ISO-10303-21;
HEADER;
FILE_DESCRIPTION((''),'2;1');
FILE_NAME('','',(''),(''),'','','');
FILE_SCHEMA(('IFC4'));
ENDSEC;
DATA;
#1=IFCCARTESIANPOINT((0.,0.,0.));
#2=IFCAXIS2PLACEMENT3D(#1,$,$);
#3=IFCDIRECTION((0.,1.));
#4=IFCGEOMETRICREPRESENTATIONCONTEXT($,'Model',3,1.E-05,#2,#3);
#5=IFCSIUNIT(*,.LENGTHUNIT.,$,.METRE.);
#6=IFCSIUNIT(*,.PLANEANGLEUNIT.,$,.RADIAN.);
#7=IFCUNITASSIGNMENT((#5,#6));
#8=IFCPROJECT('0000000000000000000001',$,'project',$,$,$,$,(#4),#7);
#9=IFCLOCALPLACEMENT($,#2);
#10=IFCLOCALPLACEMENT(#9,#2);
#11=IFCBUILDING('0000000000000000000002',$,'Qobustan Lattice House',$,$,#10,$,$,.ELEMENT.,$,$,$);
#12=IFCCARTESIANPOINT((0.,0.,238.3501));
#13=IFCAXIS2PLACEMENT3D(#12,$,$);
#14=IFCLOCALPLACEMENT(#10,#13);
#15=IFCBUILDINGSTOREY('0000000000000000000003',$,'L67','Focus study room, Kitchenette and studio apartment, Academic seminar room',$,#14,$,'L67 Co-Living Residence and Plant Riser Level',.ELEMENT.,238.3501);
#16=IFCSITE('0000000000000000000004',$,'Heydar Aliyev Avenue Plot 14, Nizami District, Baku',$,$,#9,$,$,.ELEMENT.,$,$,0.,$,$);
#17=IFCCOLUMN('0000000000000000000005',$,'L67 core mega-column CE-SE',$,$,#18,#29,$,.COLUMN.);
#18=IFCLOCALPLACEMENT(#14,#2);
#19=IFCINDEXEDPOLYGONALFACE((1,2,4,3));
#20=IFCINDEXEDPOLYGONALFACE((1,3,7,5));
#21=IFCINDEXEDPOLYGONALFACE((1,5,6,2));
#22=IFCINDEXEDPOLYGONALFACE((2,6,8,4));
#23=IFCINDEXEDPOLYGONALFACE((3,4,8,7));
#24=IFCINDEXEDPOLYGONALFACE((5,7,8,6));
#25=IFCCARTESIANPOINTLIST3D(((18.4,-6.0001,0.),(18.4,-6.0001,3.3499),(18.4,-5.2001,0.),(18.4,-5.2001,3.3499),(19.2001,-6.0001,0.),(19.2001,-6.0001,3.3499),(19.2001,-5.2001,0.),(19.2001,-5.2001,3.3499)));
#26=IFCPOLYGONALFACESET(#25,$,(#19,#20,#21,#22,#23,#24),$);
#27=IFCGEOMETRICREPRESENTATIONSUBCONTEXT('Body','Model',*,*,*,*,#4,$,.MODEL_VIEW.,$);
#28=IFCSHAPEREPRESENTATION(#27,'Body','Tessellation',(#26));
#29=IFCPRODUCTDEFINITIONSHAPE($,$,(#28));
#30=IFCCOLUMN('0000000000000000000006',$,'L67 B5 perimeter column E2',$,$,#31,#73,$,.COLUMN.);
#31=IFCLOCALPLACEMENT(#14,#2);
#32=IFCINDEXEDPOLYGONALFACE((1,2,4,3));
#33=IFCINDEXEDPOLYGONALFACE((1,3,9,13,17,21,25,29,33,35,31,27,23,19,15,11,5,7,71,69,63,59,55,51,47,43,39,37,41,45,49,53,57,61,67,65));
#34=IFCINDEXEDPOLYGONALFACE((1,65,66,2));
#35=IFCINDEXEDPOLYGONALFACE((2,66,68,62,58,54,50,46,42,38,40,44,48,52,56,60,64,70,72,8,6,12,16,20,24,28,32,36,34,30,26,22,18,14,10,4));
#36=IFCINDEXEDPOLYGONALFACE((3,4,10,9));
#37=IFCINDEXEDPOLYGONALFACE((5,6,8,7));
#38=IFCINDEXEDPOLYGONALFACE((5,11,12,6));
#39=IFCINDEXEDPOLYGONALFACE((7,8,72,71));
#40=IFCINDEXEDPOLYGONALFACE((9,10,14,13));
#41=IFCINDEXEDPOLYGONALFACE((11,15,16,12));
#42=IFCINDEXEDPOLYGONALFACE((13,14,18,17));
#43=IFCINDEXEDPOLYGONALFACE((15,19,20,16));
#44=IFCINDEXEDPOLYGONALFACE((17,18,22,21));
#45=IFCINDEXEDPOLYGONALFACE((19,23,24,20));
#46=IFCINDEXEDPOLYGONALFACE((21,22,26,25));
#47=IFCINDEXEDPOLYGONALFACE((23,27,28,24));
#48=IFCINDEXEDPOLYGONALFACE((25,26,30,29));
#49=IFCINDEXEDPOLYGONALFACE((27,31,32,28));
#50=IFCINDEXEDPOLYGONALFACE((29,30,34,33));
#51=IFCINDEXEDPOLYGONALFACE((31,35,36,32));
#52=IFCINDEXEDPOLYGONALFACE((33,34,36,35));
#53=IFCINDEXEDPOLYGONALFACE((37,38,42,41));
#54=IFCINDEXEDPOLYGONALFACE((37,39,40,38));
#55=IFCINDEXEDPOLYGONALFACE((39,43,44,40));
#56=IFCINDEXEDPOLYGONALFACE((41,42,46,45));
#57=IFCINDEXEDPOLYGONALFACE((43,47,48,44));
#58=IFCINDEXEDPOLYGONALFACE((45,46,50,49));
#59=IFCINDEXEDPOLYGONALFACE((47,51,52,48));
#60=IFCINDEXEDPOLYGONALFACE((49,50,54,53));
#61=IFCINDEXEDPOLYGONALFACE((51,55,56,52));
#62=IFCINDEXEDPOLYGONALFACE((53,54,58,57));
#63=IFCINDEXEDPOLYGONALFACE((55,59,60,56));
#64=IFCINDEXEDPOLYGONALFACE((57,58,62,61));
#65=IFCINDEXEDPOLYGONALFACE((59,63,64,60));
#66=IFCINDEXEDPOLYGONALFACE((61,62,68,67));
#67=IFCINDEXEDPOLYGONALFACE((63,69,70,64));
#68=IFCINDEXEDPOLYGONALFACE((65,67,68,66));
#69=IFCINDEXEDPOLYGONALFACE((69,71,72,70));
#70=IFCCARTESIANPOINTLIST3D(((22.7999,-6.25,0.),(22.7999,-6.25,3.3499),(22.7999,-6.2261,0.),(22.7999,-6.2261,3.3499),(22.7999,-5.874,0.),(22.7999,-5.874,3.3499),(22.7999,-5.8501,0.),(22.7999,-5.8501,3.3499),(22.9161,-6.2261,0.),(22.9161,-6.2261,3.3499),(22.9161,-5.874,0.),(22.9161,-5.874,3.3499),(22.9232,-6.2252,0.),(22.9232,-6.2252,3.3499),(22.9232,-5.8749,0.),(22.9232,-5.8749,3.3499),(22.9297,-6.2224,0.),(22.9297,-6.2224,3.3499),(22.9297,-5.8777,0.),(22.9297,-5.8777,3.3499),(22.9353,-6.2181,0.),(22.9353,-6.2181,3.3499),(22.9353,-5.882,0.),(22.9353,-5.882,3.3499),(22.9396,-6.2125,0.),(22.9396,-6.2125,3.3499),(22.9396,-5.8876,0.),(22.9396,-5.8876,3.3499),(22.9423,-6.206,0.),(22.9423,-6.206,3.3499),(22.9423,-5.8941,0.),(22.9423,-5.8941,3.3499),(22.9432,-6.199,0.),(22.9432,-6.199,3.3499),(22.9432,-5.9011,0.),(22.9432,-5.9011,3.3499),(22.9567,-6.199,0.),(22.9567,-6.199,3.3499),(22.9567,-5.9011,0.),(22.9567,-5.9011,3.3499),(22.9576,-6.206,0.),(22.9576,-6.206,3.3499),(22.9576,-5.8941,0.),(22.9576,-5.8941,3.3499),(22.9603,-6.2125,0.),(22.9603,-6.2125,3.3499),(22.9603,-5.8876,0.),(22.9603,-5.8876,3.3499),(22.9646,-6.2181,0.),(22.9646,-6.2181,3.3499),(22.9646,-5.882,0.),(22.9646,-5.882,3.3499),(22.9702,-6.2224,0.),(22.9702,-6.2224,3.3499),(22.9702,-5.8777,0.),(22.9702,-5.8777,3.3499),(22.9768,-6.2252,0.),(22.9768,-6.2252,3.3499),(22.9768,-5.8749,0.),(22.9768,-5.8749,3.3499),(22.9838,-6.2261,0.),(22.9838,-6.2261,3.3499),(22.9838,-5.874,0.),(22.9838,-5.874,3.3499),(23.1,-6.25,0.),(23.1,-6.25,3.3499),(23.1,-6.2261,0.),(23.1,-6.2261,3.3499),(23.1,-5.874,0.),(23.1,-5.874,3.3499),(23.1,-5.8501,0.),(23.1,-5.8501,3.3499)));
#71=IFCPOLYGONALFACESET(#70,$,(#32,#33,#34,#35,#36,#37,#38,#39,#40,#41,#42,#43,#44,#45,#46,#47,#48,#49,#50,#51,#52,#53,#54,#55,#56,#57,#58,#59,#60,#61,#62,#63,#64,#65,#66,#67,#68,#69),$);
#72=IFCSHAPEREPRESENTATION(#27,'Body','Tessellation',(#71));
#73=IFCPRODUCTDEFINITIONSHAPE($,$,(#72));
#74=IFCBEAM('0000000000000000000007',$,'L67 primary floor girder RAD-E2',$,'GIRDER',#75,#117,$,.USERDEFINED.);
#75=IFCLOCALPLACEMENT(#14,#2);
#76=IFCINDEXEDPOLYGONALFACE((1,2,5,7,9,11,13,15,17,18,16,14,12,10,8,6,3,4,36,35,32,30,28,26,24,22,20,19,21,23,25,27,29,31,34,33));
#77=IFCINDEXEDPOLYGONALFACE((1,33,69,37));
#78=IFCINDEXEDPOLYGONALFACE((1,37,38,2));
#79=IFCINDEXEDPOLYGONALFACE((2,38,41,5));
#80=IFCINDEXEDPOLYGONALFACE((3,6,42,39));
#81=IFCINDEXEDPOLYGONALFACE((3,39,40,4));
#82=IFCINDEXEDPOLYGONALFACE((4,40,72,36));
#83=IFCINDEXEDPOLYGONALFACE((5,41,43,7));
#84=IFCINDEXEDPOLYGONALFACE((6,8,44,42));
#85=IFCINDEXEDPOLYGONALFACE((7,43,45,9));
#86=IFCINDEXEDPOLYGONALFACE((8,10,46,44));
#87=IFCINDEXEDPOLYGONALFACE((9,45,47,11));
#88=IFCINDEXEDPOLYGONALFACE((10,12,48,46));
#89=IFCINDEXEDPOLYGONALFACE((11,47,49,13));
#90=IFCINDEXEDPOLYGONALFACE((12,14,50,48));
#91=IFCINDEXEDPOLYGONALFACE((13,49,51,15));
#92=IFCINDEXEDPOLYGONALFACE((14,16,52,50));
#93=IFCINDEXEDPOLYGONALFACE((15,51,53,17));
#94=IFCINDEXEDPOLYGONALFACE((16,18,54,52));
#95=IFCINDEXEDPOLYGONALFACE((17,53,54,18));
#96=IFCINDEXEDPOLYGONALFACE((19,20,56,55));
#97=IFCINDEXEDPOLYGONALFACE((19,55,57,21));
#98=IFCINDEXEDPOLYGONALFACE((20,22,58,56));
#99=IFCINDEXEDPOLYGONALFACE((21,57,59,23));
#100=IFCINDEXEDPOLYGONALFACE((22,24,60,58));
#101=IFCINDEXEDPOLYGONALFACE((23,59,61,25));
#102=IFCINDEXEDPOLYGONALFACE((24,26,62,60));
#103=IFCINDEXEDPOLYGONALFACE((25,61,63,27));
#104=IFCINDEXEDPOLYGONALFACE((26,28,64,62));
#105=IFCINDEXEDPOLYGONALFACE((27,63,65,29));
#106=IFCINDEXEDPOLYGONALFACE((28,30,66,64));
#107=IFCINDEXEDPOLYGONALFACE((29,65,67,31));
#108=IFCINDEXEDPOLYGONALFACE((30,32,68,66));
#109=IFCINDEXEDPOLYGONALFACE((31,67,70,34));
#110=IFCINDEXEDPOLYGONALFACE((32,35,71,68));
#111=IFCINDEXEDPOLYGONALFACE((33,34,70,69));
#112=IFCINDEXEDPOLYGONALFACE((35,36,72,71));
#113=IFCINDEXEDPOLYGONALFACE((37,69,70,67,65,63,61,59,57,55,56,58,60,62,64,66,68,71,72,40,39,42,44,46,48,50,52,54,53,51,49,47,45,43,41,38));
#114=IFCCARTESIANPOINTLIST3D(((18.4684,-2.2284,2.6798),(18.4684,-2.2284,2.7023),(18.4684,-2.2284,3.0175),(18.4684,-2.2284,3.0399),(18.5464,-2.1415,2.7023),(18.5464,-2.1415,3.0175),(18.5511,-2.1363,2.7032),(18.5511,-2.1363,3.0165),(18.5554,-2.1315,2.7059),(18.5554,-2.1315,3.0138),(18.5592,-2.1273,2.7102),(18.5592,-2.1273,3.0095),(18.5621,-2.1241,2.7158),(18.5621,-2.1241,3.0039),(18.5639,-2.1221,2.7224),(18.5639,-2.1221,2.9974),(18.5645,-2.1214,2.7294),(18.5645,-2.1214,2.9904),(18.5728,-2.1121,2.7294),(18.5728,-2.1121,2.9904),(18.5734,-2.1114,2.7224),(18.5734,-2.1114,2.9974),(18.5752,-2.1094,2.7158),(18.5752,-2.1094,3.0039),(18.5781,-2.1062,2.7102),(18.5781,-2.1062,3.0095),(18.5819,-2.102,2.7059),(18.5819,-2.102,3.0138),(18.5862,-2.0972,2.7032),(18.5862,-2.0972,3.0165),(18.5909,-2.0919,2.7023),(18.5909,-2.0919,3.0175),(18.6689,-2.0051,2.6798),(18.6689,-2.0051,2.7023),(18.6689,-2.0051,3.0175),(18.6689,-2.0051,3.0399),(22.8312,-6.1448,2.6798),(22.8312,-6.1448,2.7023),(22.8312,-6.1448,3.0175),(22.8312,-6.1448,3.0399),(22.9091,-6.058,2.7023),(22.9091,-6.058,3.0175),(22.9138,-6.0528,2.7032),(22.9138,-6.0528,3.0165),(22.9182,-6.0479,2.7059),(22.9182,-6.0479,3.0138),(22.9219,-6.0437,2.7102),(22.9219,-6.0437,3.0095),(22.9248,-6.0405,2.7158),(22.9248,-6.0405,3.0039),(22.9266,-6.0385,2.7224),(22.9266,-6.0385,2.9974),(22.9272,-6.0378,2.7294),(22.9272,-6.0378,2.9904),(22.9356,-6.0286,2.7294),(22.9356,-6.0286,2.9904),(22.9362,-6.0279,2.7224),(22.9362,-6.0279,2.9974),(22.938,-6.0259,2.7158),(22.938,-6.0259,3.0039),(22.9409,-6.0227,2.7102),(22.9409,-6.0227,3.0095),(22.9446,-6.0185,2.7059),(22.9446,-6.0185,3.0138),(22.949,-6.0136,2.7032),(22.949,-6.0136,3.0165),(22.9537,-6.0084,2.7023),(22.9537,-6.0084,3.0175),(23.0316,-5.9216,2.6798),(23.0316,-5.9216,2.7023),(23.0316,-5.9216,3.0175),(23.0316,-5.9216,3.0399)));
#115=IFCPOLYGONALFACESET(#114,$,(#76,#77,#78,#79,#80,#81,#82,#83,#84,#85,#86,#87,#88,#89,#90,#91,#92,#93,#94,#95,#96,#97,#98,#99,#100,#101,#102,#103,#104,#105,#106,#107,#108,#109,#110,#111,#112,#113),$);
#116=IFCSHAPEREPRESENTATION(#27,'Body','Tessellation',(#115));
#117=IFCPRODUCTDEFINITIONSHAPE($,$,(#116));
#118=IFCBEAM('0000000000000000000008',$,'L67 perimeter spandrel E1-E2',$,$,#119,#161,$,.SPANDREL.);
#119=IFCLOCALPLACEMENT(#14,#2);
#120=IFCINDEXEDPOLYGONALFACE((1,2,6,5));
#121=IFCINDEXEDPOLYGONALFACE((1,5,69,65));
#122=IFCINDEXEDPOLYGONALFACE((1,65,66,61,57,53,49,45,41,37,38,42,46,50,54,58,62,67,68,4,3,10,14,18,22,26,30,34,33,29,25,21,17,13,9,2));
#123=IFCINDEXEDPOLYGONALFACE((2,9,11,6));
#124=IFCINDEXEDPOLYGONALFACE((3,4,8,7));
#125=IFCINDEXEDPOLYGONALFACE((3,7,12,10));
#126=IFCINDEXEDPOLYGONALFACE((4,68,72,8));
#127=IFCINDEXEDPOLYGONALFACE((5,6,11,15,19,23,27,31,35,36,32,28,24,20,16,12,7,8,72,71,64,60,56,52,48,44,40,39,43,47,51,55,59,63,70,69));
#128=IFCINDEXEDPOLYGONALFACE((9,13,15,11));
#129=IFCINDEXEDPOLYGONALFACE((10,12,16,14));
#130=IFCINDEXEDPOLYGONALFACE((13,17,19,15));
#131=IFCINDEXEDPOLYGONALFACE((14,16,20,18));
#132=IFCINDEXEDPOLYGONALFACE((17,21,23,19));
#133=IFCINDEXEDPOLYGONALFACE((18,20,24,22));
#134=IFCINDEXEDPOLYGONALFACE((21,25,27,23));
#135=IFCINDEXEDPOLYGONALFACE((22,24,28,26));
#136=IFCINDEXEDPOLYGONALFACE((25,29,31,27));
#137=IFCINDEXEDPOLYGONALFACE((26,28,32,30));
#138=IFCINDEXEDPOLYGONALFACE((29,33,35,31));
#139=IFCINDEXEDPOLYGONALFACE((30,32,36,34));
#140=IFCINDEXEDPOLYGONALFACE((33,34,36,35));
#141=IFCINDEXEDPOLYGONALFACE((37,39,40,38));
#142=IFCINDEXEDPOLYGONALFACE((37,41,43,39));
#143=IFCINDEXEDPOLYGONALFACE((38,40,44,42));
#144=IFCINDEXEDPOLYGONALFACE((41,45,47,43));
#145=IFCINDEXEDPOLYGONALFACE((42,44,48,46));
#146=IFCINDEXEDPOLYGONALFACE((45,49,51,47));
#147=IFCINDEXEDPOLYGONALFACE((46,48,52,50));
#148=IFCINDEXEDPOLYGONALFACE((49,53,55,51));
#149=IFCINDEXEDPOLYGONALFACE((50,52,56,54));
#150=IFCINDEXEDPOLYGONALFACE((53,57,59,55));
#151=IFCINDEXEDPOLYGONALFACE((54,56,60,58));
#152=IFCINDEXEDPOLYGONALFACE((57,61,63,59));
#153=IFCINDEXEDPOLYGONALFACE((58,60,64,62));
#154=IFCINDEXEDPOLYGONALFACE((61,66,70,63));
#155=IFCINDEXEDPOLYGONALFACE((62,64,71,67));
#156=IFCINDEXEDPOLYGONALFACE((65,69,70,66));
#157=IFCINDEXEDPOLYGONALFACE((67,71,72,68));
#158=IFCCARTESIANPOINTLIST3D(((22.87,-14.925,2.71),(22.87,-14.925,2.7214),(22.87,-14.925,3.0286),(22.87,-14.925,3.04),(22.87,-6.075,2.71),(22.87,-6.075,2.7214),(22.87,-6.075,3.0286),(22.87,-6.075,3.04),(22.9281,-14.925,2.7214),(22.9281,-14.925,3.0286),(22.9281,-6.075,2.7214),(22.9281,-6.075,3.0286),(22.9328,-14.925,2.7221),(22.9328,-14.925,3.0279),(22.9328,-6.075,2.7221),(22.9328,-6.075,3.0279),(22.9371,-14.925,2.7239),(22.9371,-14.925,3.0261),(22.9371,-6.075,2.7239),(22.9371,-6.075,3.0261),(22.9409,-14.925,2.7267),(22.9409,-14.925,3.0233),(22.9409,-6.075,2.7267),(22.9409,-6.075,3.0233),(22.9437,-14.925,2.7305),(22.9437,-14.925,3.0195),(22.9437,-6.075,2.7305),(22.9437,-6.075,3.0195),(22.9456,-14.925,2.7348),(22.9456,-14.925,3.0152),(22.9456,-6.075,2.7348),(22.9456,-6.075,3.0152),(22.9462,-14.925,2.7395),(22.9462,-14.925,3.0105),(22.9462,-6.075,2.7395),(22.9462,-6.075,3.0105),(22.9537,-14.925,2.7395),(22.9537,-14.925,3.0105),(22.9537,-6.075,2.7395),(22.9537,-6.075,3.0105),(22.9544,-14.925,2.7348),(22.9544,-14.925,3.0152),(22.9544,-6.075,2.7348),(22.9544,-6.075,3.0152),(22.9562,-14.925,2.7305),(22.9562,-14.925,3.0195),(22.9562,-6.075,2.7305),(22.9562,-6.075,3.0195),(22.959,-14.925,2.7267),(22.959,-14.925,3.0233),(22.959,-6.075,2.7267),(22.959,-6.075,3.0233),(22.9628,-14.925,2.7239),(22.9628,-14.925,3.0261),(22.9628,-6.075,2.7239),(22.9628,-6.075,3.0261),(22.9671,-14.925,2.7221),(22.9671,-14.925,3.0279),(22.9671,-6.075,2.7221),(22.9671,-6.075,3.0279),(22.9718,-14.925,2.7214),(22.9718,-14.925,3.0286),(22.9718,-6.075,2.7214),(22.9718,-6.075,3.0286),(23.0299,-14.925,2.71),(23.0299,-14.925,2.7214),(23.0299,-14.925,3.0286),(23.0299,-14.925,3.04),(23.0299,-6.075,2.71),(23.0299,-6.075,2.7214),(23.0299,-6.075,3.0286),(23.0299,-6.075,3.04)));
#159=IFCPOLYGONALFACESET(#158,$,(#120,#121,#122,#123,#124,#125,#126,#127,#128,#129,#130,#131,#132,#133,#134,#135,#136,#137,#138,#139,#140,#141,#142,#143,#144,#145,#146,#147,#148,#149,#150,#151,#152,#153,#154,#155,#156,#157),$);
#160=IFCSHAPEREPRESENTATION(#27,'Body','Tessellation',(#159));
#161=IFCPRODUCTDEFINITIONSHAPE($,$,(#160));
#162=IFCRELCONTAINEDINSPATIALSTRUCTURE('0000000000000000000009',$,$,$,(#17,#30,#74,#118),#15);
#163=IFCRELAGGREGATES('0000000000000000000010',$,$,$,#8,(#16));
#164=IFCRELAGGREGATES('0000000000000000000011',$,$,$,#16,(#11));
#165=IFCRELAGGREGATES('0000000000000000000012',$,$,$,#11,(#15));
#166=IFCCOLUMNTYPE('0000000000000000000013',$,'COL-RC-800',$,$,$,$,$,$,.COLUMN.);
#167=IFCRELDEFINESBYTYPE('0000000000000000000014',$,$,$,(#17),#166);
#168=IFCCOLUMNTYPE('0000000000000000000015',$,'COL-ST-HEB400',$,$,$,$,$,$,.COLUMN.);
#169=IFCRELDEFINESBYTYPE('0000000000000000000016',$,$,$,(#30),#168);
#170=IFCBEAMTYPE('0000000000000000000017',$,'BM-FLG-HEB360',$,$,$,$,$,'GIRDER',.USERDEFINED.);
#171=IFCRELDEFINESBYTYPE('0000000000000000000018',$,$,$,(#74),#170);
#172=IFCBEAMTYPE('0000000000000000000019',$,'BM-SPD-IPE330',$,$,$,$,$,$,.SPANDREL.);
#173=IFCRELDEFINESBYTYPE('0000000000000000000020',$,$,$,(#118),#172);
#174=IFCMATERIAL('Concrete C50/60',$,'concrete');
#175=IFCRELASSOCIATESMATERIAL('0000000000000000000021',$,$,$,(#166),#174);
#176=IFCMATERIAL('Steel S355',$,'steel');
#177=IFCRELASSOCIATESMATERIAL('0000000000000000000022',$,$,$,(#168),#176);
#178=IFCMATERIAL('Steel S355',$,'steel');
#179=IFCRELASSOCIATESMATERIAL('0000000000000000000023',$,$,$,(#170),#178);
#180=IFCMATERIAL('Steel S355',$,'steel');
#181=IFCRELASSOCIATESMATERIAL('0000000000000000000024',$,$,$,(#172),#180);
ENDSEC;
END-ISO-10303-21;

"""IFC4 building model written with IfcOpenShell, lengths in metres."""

from ifc_helpers import new_model, si_unit, direction, frame, origin, origin_2d, place, context, subcontext, project, spatial, rectangle, i_section, extrude, material, material_profile, profile_set, type_object, element, save


model = new_model("IFC4")

# Units and contexts
model_context = context("Model", 3, precision=1e-05, world=origin(), true_north=direction((0.0, 1.0)))
body_context = subcontext(model_context, "Body", "Model", "MODEL_VIEW")
ifc_project = project(units=[si_unit("LENGTHUNIT", "METRE"), si_unit("PLANEANGLEUNIT", "RADIAN")], contexts=[model_context])

# Site, building, storey
site_placement = place(None, origin())
site = spatial("IfcSite", under=ifc_project, at=site_placement, Name="Heydar Aliyev Avenue Plot 14, Nizami District, Baku", CompositionType="ELEMENT", RefElevation=0.0)
building_placement = place(site_placement, origin())
building = spatial("IfcBuilding", under=site, at=building_placement, Name="Qobustan Lattice House", CompositionType="ELEMENT")
storey_placement = place(building_placement, frame((0.0, 0.0, 238.3501)))
storey = spatial("IfcBuildingStorey", under=building, at=storey_placement, Name="L67", Description="Focus study room, Kitchenette and studio apartment, Academic seminar room", LongName="L67 Co-Living Residence and Plant Riser Level", CompositionType="ELEMENT", Elevation=238.3501)

# Columns
ifc_material_1 = material(Name="Concrete C50/60", Category="concrete")
ifc_material_profile_1 = material_profile(ifc_material_1, rectangle(XDim=0.8, YDim=0.8, at=origin_2d()), Name="RC800x800")
ifc_profile_set_1 = profile_set([ifc_material_profile_1], Name="Concrete C50/60")
column_type_1 = type_object("IfcColumnType", Name="COL-RC-800", PredefinedType="COLUMN", material=ifc_profile_set_1)
column_1_placement = place(storey_placement, frame((18.8, -5.6001, 0.0), z_axis=(0.0, 0.0, 1.0), x_axis=(1.0, 0.0, 0.0)))
element("IfcColumn", 1, at=column_1_placement, inside=storey, type_object=column_type_1, Name="L67 core mega-column CE-SE", PredefinedType="COLUMN", context=body_context, shape_type="SweptSolid", body=[
    extrude(rectangle(XDim=0.8, YDim=0.8, at=origin_2d()), origin(), (0.0, 0.0, 1.0), 3.3499),
])
ifc_material_2 = material(Name="Steel S355", Category="steel")
ifc_material_profile_2 = material_profile(ifc_material_2, i_section(OverallWidth=0.3, OverallDepth=0.3999, WebThickness=0.0134, FlangeThickness=0.0239, FilletRadius=0.0271, at=origin_2d()), Name="HEB400")
ifc_profile_set_2 = profile_set([ifc_material_profile_2], Name="Steel S355")
column_type_2 = type_object("IfcColumnType", Name="COL-ST-HEB400", PredefinedType="COLUMN", material=ifc_profile_set_2)
column_2_placement = place(storey_placement, frame((22.95, -6.05, 0.0), z_axis=(0.0, 0.0, 1.0), x_axis=(1.0, 0.0, 0.0)))
element("IfcColumn", 2, at=column_2_placement, inside=storey, type_object=column_type_2, Name="L67 B5 perimeter column E2", PredefinedType="COLUMN", context=body_context, shape_type="SweptSolid", body=[
    extrude(i_section(OverallWidth=0.3, OverallDepth=0.3999, WebThickness=0.0134, FlangeThickness=0.0239, FilletRadius=0.0271, at=origin_2d()), origin(), (0.0, 0.0, 1.0), 3.3499),
])

# Beams
ifc_material_3 = material(Name="Steel S355", Category="steel")
ifc_material_profile_3 = material_profile(ifc_material_3, i_section(OverallWidth=0.3, OverallDepth=0.3601, WebThickness=0.0125, FlangeThickness=0.0225, FilletRadius=0.0271, at=origin_2d()), Name="HEB360")
ifc_profile_set_3 = profile_set([ifc_material_profile_3], Name="Steel S355")
beam_type_1 = type_object("IfcBeamType", Name="BM-FLG-HEB360", ElementType="GIRDER", PredefinedType="USERDEFINED", material=ifc_profile_set_3)
beam_1_placement = place(storey_placement, frame((22.9314, -6.0332, 2.8599), z_axis=(-0.744142, 0.668021, 0.0), x_axis=(-0.668021, -0.744142, 0.0)))
element("IfcBeam", 3, at=beam_1_placement, inside=storey, type_object=beam_type_1, Name="L67 primary floor girder RAD-E2", ObjectType="GIRDER", PredefinedType="USERDEFINED", context=body_context, shape_type="SweptSolid", body=[
    extrude(i_section(OverallWidth=0.3, OverallDepth=0.3601, WebThickness=0.0125, FlangeThickness=0.0225, FilletRadius=0.0271, at=origin_2d()), origin(), (0.0, 0.0, 1.0), 5.8628),
])
ifc_material_4 = material(Name="Steel S355", Category="steel")
ifc_material_profile_4 = material_profile(ifc_material_4, i_section(OverallWidth=0.1599, OverallDepth=0.3301, WebThickness=0.0076, FlangeThickness=0.0115, FilletRadius=0.0181, at=origin_2d()), Name="IPE330")
ifc_profile_set_4 = profile_set([ifc_material_profile_4], Name="Steel S355")
beam_type_2 = type_object("IfcBeamType", Name="BM-SPD-IPE330", PredefinedType="SPANDREL", material=ifc_profile_set_4)
beam_2_placement = place(storey_placement, frame((22.95, -14.925, 2.875), z_axis=(0.0, 1.0, 0.0), x_axis=(-1.0, 0.0, 0.0)))
element("IfcBeam", 4, at=beam_2_placement, inside=storey, type_object=beam_type_2, Name="L67 perimeter spandrel E1-E2", PredefinedType="SPANDREL", context=body_context, shape_type="SweptSolid", body=[
    extrude(i_section(OverallWidth=0.1599, OverallDepth=0.3301, WebThickness=0.0076, FlangeThickness=0.0115, FilletRadius=0.0181, at=origin_2d()), origin(), (0.0, 0.0, 1.0), 8.8501),
])

save(model, "model.ifc")
